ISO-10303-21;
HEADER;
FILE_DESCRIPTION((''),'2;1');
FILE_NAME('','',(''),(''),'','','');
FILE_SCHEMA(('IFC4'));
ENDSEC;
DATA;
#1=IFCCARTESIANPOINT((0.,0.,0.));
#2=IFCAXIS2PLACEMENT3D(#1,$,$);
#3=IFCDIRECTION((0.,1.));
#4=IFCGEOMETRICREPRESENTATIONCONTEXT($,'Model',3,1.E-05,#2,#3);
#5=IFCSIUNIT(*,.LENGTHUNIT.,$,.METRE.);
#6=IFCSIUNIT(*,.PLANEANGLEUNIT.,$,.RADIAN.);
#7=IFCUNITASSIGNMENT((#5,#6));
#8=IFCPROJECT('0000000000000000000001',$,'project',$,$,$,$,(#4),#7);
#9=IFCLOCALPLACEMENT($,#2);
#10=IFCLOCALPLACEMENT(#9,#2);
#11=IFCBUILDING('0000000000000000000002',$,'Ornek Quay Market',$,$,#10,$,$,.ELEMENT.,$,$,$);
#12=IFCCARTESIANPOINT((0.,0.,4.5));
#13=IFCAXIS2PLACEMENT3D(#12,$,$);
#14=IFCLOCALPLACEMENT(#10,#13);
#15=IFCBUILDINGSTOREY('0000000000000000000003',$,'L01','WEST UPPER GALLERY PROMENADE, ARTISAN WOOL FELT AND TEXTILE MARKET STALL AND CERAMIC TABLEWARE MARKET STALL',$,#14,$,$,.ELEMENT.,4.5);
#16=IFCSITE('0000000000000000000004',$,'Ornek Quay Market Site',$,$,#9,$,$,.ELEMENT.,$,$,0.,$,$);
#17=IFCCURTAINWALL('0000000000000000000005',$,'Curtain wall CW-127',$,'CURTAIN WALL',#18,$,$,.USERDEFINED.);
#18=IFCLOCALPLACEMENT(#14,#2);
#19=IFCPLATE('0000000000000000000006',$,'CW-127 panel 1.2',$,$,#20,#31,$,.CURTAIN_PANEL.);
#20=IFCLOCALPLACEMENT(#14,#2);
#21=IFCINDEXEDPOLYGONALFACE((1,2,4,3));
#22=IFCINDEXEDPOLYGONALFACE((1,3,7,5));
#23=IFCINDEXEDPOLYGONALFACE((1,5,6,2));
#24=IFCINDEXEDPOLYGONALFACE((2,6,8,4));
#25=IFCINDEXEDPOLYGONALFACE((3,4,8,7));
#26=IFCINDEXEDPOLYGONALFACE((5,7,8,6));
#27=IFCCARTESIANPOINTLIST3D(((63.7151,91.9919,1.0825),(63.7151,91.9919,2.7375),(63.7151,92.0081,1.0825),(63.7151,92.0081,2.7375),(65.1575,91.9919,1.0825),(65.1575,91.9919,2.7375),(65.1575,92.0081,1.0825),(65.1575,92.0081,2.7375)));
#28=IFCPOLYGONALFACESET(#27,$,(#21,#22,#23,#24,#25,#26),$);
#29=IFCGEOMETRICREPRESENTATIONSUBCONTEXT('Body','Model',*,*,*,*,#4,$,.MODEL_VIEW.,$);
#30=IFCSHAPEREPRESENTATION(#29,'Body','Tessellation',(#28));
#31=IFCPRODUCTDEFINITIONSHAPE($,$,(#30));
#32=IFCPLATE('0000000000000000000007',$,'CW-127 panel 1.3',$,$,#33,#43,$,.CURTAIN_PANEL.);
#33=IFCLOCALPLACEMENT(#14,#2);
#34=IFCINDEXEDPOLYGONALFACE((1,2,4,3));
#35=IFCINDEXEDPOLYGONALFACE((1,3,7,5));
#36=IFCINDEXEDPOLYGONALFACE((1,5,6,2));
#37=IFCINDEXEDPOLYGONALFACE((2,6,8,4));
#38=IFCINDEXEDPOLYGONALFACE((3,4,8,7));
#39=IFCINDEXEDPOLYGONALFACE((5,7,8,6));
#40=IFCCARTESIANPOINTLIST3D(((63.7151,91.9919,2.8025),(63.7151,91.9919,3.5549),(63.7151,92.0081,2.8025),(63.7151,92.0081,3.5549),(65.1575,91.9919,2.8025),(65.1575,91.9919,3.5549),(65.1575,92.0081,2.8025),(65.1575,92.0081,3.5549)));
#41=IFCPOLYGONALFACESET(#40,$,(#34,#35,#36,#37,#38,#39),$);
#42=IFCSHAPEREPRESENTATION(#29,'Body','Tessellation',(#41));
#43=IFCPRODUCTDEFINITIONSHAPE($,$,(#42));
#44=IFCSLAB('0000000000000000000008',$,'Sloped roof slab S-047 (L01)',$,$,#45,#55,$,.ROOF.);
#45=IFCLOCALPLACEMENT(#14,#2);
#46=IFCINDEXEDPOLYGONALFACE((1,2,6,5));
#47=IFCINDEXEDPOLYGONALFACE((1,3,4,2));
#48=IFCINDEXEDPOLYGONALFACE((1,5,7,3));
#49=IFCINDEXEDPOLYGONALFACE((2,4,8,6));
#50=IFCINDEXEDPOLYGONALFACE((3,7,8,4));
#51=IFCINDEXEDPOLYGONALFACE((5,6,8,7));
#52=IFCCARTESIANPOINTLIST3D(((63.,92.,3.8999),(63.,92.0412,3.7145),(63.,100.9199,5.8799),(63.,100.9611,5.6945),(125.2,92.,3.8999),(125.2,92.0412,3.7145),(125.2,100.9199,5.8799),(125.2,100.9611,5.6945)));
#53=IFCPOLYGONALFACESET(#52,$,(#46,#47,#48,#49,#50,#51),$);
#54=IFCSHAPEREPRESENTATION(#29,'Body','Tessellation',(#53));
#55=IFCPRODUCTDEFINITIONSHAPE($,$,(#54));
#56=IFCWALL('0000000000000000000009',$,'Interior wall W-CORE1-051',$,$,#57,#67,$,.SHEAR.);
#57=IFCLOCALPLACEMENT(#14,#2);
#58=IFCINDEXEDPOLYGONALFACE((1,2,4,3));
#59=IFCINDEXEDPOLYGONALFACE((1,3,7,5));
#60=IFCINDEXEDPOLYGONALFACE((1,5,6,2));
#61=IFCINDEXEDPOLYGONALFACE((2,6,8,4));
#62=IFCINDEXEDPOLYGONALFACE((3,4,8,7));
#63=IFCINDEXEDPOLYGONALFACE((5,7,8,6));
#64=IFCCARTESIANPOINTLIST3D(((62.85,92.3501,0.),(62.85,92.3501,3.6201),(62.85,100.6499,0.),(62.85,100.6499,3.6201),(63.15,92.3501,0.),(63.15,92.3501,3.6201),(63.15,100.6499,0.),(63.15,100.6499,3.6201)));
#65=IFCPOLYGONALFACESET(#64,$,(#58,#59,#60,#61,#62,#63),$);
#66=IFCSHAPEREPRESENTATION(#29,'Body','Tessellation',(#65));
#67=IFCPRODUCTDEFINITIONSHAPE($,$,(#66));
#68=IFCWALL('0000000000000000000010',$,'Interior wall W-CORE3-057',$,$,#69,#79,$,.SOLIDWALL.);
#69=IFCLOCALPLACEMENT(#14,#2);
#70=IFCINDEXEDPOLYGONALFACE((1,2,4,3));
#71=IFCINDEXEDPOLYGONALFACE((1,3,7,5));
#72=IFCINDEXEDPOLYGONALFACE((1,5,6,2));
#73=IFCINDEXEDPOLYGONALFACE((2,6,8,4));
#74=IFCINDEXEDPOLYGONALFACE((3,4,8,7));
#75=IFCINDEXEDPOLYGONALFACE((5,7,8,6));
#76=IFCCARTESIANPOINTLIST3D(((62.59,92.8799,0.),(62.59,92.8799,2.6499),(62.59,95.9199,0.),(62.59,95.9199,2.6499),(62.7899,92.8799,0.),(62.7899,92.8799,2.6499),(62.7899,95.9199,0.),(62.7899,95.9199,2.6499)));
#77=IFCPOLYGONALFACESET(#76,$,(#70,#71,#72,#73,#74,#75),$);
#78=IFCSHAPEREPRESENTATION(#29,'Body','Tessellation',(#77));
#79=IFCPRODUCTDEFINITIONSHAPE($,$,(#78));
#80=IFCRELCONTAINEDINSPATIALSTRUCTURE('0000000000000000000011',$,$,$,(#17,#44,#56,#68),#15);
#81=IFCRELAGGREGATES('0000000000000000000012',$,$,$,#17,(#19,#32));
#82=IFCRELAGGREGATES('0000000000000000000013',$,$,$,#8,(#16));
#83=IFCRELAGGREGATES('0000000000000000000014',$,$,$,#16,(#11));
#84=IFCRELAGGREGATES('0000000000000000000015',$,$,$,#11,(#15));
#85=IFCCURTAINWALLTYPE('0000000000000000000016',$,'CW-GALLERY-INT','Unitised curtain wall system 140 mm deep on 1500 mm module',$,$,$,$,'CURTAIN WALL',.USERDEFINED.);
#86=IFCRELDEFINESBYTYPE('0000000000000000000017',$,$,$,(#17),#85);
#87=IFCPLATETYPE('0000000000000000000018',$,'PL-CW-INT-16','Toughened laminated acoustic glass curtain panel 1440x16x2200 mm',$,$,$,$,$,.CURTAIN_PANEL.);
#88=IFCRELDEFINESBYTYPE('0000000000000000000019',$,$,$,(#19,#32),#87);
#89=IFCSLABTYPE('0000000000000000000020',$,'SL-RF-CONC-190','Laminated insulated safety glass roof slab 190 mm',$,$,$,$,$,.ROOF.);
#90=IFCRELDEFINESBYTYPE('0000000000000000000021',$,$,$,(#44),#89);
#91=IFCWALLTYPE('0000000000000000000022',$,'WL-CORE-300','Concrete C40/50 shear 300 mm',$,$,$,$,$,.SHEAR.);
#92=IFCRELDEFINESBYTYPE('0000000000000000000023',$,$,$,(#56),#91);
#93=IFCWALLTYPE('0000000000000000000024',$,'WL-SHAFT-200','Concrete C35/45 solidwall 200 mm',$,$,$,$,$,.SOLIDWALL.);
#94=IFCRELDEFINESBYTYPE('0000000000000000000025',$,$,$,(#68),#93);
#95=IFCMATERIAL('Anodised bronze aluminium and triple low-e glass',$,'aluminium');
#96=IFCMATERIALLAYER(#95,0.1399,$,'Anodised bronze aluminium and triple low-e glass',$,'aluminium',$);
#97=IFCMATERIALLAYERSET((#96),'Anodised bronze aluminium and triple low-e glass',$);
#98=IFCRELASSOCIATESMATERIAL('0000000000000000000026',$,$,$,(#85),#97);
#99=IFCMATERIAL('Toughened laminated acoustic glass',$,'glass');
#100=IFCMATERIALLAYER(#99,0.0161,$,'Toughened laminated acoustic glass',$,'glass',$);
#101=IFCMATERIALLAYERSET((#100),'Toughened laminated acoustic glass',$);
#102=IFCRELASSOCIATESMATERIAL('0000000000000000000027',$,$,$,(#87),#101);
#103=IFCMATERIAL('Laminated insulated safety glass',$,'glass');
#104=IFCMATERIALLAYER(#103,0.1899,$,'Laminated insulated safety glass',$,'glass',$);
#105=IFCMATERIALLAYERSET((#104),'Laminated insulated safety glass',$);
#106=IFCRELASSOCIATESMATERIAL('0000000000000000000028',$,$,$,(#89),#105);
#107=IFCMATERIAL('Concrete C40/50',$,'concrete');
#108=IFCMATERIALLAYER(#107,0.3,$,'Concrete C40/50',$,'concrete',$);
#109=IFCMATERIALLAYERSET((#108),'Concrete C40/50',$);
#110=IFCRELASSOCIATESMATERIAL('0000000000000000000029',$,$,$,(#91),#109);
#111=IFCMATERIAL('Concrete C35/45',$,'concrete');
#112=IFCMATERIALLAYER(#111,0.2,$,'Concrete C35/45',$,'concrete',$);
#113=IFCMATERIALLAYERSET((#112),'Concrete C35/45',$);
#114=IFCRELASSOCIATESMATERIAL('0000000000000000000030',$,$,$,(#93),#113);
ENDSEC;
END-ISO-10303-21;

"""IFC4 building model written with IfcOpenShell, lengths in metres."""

from ifc_helpers import new_model, si_unit, direction, frame, frame_2d, origin, origin_2d, place, context, subcontext, project, spatial, polyline, rectangle, outline, extrude, material, layer, layer_set, type_object, element, aggregate, save


model = new_model("IFC4")

# Units and contexts
model_context = context("Model", 3, precision=1e-05, world=origin(), true_north=direction((0.0, 1.0)))
body_context = subcontext(model_context, "Body", "Model", "MODEL_VIEW")
ifc_project = project(units=[si_unit("LENGTHUNIT", "METRE"), si_unit("PLANEANGLEUNIT", "RADIAN")], contexts=[model_context])

# Site, building, storey
site_placement = place(None, origin())
site = spatial("IfcSite", under=ifc_project, at=site_placement, Name="Ornek Quay Market Site", CompositionType="ELEMENT", RefElevation=0.0)
building_placement = place(site_placement, origin())
building = spatial("IfcBuilding", under=site, at=building_placement, Name="Ornek Quay Market", CompositionType="ELEMENT")
storey_placement = place(building_placement, frame((0.0, 0.0, 4.5)))
storey = spatial("IfcBuildingStorey", under=building, at=storey_placement, Name="L01", Description="WEST UPPER GALLERY PROMENADE, ARTISAN WOOL FELT AND TEXTILE MARKET STALL AND CERAMIC TABLEWARE MARKET STALL", CompositionType="ELEMENT", Elevation=4.5)

# Shared definitions
ifc_material_1 = material(Name="Concrete C35/45", Category="concrete")
ifc_material_2 = material(Name="Concrete C40/50", Category="concrete")

# Curtain wall, plates
ifc_material_3 = material(Name="Anodised bronze aluminium and triple low-e glass", Category="aluminium")
ifc_layer_1 = layer(ifc_material_3, 0.1399, Name="Anodised bronze aluminium and triple low-e glass", Category="aluminium")
ifc_layer_set_1 = layer_set([ifc_layer_1], Name="Anodised bronze aluminium and triple low-e glass")
curtain_wall_type = type_object("IfcCurtainWallType", Name="CW-GALLERY-INT", Description="Unitised curtain wall system 140 mm deep on 1500 mm module", ElementType="CURTAIN WALL", PredefinedType="USERDEFINED", material=ifc_layer_set_1)
curtain_wall_placement = place(storey_placement, origin())
curtain_wall = element("IfcCurtainWall", 1, at=curtain_wall_placement, inside=storey, type_object=curtain_wall_type, Name="Curtain wall CW-127", ObjectType="CURTAIN WALL", PredefinedType="USERDEFINED")
ifc_material_4 = material(Name="Toughened laminated acoustic glass", Category="glass")
ifc_layer_2 = layer(ifc_material_4, 0.0161, Name="Toughened laminated acoustic glass", Category="glass")
ifc_layer_set_2 = layer_set([ifc_layer_2], Name="Toughened laminated acoustic glass")
plate_type = type_object("IfcPlateType", Name="PL-CW-INT-16", Description="Toughened laminated acoustic glass curtain panel 1440x16x2200 mm", PredefinedType="CURTAIN_PANEL", material=ifc_layer_set_2)
plate_1_placement = place(storey_placement, frame((64.4363, 92.0, 1.0825), z_axis=(0.0, 0.0, 1.0), x_axis=(1.0, 0.0, 0.0)))
plate_1 = element("IfcPlate", 2, at=plate_1_placement, type_object=plate_type, Name="CW-127 panel 1.2", PredefinedType="CURTAIN_PANEL", context=body_context, shape_type="SweptSolid", body=[
    extrude(rectangle(XDim=1.4424, YDim=0.0161, at=origin_2d()), origin(), (0.0, 0.0, 1.0), 1.655),
])
plate_2_placement = place(storey_placement, frame((64.4363, 92.0, 2.8025), z_axis=(0.0, 0.0, 1.0), x_axis=(1.0, 0.0, 0.0)))
plate_2 = element("IfcPlate", 3, at=plate_2_placement, type_object=plate_type, Name="CW-127 panel 1.3", PredefinedType="CURTAIN_PANEL", context=body_context, shape_type="SweptSolid", body=[
    extrude(rectangle(XDim=1.4424, YDim=0.0161, at=origin_2d()), origin(), (0.0, 0.0, 1.0), 0.7524),
])
aggregate(curtain_wall, [plate_1, plate_2])

# Slab
ifc_material_5 = material(Name="Laminated insulated safety glass", Category="glass")
ifc_layer_3 = layer(ifc_material_5, 0.1899, Name="Laminated insulated safety glass", Category="glass")
ifc_layer_set_3 = layer_set([ifc_layer_3], Name="Laminated insulated safety glass")
slab_type = type_object("IfcSlabType", Name="SL-RF-CONC-190", Description="Laminated insulated safety glass roof slab 190 mm", PredefinedType="ROOF", material=ifc_layer_set_3)
slab_placement = place(storey_placement, frame((63.0, 92.0, 3.8999), z_axis=(0.0, -0.216698, 0.976239), x_axis=(1.0, 0.0, 0.0)))
element("IfcSlab", 4, at=slab_placement, inside=storey, type_object=slab_type, Name="Sloped roof slab S-047 (L01)", PredefinedType="ROOF", context=body_context, shape_type="SweptSolid", body=[
    extrude(outline(polyline([(0.0, 0.0), (62.2, 0.0), (62.2, 9.137), (0.0, 9.137), (0.0, 0.0)])), origin(), (0.0, 0.0, -1.0), 0.1899),
])

# Walls
ifc_layer_4 = layer(ifc_material_2, 0.3, Name="Concrete C40/50", Category="concrete")
ifc_layer_set_4 = layer_set([ifc_layer_4], Name="Concrete C40/50")
wall_type_1 = type_object("IfcWallType", Name="WL-CORE-300", Description="Concrete C40/50 shear 300 mm", PredefinedType="SHEAR", material=ifc_layer_set_4)
wall_1_placement = place(storey_placement, frame((63.0, 92.3501, 0.0), z_axis=(0.0, 0.0, 1.0), x_axis=(0.0, 1.0, 0.0)))
element("IfcWall", 5, at=wall_1_placement, inside=storey, type_object=wall_type_1, Name="Interior wall W-CORE1-051", PredefinedType="SHEAR", context=body_context, shape_type="SweptSolid", body=[
    extrude(rectangle(XDim=8.2998, YDim=0.3, at=frame_2d((4.1499, 0.0))), origin(), (0.0, 0.0, 1.0), 3.6201),
])
ifc_layer_5 = layer(ifc_material_1, 0.2, Name="Concrete C35/45", Category="concrete")
ifc_layer_set_5 = layer_set([ifc_layer_5], Name="Concrete C35/45")
wall_type_2 = type_object("IfcWallType", Name="WL-SHAFT-200", Description="Concrete C35/45 solidwall 200 mm", PredefinedType="SOLIDWALL", material=ifc_layer_set_5)
wall_2_placement = place(storey_placement, frame((62.6899, 92.8799, 0.0), z_axis=(0.0, 0.0, 1.0), x_axis=(0.0, 1.0, 0.0)))
element("IfcWall", 6, at=wall_2_placement, inside=storey, type_object=wall_type_2, Name="Interior wall W-CORE3-057", PredefinedType="SOLIDWALL", context=body_context, shape_type="SweptSolid", body=[
    extrude(rectangle(XDim=3.04, YDim=0.2, at=frame_2d((1.52, 0.0))), origin(), (0.0, 0.0, 1.0), 2.6499),
])

save(model, "model.ifc")
